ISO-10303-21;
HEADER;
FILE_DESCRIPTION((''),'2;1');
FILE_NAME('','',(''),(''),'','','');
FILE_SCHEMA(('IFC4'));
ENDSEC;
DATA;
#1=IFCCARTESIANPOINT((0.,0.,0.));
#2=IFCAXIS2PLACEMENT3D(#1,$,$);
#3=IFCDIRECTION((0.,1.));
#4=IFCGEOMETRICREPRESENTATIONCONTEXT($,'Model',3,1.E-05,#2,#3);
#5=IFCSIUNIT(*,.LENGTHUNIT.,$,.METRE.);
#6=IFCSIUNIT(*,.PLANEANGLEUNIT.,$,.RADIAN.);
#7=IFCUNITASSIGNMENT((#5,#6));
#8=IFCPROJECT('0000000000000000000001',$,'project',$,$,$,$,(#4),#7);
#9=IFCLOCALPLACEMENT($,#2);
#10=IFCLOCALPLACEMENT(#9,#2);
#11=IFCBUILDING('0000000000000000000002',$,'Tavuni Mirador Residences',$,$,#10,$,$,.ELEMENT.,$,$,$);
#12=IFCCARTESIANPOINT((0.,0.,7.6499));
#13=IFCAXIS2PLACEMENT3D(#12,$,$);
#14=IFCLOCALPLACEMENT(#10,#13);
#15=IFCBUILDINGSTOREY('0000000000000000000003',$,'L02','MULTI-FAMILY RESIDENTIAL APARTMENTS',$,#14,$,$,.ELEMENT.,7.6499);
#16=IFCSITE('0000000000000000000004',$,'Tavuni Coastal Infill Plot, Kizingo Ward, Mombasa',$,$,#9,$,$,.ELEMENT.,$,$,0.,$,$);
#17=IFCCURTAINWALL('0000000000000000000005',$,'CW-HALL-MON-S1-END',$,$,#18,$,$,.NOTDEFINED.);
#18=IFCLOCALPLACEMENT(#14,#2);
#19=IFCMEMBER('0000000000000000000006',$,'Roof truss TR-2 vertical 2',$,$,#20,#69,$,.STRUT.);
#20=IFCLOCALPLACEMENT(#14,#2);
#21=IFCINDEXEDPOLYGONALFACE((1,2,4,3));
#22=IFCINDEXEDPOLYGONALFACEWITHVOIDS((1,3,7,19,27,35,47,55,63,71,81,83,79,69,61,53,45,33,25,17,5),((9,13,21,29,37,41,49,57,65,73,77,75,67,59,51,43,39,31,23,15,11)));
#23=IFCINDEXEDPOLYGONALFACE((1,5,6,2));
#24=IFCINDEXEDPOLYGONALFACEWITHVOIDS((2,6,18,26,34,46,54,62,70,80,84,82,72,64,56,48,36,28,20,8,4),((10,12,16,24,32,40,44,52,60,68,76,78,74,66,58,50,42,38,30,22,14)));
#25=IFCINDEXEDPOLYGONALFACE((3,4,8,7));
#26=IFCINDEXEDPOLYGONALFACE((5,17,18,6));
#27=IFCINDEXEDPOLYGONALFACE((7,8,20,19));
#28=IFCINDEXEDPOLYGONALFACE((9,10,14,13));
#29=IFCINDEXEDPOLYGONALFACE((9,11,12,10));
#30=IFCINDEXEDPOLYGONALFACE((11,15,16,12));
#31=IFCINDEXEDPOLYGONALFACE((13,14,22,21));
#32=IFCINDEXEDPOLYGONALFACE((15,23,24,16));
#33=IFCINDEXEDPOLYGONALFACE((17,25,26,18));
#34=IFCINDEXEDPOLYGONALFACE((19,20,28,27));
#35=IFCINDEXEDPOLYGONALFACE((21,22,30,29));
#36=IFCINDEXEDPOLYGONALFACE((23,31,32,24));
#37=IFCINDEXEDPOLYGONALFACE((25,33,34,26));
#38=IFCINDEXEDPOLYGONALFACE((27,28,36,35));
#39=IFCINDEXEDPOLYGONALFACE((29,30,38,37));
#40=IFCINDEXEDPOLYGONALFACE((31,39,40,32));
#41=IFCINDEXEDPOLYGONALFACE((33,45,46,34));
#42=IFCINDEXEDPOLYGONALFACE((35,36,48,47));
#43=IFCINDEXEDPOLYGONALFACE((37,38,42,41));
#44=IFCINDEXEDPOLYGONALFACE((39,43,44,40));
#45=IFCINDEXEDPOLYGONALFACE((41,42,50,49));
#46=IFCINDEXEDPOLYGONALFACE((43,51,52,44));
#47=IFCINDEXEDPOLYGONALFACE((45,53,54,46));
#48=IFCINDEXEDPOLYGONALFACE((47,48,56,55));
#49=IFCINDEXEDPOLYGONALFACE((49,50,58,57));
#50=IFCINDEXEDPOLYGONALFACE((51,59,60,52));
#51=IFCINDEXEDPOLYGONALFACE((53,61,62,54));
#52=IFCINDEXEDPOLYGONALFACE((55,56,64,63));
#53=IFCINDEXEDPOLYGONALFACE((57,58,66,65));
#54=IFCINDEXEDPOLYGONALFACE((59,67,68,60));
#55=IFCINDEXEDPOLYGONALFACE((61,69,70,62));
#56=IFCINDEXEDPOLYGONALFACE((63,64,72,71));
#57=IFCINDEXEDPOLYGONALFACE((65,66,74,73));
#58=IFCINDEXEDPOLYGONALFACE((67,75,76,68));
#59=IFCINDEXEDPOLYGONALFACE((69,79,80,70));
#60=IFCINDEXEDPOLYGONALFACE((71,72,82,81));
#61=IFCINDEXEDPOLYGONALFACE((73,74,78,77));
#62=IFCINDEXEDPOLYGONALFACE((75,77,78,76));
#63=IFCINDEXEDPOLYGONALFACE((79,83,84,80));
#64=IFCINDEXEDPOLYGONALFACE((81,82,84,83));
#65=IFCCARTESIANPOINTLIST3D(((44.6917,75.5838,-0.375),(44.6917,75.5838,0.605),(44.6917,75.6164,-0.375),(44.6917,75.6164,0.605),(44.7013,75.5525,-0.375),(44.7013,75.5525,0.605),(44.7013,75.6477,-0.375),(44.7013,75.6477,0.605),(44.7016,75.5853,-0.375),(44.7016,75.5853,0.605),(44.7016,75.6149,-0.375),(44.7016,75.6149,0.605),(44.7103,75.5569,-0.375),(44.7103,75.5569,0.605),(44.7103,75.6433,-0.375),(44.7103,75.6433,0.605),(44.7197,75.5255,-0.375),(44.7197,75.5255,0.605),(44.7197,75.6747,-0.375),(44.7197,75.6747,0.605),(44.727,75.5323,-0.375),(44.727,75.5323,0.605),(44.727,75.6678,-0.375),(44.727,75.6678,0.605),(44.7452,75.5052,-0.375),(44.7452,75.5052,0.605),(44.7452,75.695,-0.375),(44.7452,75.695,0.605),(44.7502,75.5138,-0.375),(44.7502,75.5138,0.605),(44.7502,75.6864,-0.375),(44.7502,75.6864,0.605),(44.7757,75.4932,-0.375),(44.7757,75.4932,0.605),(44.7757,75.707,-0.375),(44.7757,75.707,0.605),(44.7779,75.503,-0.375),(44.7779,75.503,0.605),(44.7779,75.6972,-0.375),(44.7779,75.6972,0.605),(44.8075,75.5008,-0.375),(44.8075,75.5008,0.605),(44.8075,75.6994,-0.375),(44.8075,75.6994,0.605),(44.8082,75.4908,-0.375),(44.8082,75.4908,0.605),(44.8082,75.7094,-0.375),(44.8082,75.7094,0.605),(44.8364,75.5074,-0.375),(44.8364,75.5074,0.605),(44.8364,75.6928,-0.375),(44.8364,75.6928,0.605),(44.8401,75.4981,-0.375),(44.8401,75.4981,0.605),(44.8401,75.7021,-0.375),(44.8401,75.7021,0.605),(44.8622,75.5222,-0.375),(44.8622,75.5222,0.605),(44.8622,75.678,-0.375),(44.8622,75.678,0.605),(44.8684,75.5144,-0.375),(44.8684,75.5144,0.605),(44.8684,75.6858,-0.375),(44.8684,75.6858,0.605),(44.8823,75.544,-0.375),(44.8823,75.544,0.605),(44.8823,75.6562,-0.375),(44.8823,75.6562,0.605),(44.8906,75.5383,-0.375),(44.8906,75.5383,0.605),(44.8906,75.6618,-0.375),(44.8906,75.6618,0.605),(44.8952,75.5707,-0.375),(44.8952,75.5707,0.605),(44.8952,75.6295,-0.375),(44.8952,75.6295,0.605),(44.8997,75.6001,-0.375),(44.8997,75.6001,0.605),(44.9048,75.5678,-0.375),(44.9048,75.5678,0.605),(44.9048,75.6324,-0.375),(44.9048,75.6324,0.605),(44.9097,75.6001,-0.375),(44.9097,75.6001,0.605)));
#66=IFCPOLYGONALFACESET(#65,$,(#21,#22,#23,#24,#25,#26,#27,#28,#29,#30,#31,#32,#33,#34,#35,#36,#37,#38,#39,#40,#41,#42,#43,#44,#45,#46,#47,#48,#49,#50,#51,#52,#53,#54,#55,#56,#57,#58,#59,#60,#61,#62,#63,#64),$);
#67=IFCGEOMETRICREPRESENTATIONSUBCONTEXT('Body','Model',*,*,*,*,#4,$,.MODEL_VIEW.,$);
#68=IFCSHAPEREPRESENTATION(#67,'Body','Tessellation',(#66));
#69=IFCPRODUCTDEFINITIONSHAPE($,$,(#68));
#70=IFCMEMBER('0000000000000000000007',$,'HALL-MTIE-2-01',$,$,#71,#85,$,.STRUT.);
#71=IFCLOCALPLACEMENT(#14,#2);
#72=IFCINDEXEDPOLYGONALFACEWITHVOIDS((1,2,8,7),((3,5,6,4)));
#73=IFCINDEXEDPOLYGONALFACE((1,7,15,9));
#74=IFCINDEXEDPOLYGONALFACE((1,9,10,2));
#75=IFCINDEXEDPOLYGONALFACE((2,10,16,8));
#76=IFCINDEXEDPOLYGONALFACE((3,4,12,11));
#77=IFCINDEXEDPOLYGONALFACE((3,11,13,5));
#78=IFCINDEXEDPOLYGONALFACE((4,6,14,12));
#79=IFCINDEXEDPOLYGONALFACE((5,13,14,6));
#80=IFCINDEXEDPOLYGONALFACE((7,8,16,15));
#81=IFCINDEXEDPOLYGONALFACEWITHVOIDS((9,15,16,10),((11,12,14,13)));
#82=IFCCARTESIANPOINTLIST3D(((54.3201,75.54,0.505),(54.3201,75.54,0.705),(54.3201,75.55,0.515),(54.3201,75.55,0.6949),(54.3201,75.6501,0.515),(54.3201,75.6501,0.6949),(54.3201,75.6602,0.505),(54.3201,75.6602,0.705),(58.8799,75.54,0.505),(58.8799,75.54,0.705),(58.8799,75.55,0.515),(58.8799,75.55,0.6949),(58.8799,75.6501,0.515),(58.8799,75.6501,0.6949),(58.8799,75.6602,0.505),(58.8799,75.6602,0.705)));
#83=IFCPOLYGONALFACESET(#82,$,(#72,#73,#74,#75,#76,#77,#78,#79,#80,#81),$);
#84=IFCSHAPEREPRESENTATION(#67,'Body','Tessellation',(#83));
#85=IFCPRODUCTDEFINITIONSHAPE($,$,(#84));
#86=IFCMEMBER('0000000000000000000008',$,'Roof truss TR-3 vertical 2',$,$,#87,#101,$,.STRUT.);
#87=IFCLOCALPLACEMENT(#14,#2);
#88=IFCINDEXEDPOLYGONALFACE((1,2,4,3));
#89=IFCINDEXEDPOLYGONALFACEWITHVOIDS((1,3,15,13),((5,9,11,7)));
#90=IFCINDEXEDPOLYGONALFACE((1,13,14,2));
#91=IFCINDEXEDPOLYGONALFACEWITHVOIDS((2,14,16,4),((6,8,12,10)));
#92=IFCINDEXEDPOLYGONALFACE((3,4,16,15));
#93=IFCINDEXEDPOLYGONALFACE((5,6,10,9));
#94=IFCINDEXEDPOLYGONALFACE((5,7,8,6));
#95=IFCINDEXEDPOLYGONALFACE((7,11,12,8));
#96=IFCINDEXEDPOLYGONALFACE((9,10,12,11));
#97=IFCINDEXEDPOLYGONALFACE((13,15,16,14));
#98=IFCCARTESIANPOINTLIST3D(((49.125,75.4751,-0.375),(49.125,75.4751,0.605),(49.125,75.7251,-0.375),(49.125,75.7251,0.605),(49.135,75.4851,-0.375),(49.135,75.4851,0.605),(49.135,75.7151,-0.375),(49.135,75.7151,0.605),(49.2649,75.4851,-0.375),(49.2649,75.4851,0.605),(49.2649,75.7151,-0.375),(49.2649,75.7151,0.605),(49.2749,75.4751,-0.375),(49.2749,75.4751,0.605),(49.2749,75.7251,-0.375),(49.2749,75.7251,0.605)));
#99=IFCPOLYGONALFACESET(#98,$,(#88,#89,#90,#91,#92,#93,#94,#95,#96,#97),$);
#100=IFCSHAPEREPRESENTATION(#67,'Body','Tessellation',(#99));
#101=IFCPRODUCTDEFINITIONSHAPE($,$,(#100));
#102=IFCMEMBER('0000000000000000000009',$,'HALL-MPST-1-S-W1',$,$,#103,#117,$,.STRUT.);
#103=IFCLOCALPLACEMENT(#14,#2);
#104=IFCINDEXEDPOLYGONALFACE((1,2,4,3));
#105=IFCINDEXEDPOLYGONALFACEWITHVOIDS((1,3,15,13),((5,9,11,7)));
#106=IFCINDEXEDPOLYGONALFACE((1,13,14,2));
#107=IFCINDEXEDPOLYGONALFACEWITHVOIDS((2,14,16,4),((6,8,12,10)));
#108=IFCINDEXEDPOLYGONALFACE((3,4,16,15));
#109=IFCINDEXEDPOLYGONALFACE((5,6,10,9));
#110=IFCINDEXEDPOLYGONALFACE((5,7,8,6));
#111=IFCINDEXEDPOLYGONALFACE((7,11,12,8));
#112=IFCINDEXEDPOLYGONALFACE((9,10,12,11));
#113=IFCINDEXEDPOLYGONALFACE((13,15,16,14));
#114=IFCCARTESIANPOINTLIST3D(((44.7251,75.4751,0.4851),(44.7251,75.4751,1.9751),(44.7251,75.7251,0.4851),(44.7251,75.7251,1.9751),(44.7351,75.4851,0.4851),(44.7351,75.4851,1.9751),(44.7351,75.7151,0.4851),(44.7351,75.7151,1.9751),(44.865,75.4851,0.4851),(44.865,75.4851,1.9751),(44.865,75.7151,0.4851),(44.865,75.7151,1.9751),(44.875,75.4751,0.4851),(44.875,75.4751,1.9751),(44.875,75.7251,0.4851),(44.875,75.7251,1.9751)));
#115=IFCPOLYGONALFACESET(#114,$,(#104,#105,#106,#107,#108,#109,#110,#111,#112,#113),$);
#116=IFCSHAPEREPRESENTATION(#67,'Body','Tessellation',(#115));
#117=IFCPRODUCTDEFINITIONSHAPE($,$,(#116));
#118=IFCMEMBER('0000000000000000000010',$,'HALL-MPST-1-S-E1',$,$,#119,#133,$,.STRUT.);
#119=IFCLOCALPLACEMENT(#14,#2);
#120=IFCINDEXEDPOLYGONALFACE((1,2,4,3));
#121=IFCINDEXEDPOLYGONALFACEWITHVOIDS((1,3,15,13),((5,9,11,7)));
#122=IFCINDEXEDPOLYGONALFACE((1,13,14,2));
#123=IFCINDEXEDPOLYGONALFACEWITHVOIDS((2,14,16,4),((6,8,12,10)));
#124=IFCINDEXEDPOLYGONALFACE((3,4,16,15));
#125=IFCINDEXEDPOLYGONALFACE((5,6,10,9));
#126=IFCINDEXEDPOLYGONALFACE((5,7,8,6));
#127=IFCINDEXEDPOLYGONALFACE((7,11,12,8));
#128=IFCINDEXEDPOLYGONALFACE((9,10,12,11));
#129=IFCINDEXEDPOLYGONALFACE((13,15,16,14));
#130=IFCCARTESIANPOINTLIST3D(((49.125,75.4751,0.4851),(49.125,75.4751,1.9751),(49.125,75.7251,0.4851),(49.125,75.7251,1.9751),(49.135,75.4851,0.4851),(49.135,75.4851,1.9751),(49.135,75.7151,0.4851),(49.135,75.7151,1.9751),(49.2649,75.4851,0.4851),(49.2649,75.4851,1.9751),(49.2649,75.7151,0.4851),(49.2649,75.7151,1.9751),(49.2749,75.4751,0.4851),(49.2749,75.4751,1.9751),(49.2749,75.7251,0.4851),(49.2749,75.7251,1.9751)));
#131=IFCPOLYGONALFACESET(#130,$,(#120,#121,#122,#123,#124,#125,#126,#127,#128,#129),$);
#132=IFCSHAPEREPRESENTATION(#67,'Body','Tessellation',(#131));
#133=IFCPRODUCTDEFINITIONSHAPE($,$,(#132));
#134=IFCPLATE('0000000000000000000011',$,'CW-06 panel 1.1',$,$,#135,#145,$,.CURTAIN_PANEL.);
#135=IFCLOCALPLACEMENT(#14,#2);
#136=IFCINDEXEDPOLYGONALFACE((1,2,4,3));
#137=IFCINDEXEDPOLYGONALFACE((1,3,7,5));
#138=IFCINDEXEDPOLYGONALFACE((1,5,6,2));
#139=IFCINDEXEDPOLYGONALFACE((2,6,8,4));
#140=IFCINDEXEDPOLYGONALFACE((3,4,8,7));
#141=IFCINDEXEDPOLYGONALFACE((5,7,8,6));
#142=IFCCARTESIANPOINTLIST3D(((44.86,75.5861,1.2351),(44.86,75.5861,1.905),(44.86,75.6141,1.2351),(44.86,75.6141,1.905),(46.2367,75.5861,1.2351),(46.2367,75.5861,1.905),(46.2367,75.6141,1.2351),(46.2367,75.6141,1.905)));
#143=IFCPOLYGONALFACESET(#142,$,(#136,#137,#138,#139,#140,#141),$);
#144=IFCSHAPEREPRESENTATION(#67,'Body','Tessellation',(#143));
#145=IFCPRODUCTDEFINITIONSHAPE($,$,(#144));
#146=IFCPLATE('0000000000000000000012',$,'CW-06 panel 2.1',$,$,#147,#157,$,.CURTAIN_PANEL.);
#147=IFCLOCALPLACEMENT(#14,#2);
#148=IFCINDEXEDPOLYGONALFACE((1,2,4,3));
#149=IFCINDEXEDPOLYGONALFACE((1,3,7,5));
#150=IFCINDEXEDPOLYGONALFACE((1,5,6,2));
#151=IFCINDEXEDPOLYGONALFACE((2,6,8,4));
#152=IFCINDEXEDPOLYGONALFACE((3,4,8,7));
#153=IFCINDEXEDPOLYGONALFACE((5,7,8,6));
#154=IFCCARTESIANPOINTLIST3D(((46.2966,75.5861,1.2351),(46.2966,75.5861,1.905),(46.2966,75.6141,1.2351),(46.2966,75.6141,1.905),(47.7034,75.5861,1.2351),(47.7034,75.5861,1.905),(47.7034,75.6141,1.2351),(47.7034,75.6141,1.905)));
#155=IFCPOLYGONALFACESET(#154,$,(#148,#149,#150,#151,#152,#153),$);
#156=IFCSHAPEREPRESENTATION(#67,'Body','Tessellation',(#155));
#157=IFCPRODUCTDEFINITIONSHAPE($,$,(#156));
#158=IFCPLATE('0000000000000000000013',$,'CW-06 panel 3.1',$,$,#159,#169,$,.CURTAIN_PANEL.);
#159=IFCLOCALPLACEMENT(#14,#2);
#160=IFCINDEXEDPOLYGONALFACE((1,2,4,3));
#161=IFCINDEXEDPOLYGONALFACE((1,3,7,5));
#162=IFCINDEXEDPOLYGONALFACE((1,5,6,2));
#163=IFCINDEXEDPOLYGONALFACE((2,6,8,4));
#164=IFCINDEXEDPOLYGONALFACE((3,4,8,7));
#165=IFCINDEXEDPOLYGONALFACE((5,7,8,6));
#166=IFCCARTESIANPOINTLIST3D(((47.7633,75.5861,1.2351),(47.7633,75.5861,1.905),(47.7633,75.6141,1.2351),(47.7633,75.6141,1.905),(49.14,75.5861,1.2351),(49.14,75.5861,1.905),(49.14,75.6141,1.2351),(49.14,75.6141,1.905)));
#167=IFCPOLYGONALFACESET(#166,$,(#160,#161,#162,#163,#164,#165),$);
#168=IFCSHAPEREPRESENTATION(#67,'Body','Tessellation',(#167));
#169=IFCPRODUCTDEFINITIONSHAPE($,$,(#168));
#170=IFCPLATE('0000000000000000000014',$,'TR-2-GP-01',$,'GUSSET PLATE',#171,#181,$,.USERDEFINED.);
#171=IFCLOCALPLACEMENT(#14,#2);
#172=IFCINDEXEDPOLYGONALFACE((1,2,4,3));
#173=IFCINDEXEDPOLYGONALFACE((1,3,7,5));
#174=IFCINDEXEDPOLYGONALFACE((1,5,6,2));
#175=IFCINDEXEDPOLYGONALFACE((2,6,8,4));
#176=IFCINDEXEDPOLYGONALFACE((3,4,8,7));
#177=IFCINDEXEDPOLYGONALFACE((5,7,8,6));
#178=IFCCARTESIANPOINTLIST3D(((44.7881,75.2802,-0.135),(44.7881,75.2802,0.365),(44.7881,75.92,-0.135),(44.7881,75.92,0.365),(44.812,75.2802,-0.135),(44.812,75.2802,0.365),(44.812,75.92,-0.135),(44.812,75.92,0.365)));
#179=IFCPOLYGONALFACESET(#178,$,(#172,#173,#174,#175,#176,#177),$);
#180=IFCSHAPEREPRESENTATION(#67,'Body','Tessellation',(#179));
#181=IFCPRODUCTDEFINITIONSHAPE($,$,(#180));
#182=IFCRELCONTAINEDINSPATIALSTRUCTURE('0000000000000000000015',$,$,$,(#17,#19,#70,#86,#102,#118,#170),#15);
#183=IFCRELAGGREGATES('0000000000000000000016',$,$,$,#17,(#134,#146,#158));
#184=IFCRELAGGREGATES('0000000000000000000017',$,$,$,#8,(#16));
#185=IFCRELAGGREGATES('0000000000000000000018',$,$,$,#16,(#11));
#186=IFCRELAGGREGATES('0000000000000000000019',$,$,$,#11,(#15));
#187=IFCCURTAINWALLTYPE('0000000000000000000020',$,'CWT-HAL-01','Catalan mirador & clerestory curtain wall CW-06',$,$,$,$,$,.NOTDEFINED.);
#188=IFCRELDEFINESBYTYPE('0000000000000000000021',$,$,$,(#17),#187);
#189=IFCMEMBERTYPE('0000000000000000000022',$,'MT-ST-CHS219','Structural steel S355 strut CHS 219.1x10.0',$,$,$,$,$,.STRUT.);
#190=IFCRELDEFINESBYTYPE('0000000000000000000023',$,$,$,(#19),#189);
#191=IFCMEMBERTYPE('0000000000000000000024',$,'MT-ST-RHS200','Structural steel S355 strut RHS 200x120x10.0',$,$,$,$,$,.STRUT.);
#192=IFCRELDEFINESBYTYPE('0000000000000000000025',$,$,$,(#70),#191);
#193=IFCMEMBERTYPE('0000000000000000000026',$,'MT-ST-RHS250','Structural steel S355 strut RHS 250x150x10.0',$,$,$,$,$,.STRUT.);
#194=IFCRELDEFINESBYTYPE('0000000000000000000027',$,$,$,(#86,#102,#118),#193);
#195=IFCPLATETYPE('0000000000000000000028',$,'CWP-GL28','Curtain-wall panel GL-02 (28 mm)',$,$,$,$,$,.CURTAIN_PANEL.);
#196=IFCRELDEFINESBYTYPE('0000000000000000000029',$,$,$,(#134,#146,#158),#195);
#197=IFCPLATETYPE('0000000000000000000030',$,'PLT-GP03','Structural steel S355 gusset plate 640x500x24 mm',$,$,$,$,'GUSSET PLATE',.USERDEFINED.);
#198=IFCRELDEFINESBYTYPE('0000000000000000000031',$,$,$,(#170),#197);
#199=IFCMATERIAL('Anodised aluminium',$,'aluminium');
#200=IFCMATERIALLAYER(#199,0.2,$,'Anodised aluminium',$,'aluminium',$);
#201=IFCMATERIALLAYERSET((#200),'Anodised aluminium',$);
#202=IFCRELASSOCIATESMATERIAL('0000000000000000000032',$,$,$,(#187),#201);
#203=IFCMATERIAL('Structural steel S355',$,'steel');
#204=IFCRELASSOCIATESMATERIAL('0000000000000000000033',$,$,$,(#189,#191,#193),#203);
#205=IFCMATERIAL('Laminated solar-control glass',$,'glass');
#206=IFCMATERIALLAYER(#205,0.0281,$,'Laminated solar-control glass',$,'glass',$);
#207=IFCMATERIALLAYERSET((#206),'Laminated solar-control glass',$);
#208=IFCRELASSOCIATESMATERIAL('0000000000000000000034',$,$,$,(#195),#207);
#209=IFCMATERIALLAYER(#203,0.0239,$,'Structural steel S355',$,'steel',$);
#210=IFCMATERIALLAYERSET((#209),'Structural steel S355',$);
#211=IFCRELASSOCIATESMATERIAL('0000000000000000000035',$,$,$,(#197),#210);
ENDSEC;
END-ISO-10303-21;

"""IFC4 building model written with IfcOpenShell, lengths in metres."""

from ifc_helpers import new_model, si_unit, direction, frame, origin, origin_2d, place, context, subcontext, project, spatial, rectangle, hollow_rectangle, hollow_circle, extrude, material, layer, layer_set, material_profile, profile_set, type_object, element, aggregate, save


model = new_model("IFC4")

# Units and contexts
model_context = context("Model", 3, precision=1e-05, world=origin(), true_north=direction((0.0, 1.0)))
body_context = subcontext(model_context, "Body", "Model", "MODEL_VIEW")
ifc_project = project(units=[si_unit("LENGTHUNIT", "METRE"), si_unit("PLANEANGLEUNIT", "RADIAN")], contexts=[model_context])

# Site, building, storey
site_placement = place(None, origin())
site = spatial("IfcSite", under=ifc_project, at=site_placement, Name="Tavuni Coastal Infill Plot, Kizingo Ward, Mombasa", CompositionType="ELEMENT", RefElevation=0.0)
building_placement = place(site_placement, origin())
building = spatial("IfcBuilding", under=site, at=building_placement, Name="Tavuni Mirador Residences", CompositionType="ELEMENT")
storey_placement = place(building_placement, frame((0.0, 0.0, 7.6499)))
storey = spatial("IfcBuildingStorey", under=building, at=storey_placement, Name="L02", Description="MULTI-FAMILY RESIDENTIAL APARTMENTS", CompositionType="ELEMENT", Elevation=7.6499)

# Shared definitions
ifc_material_1 = material(Name="Anodised aluminium", Category="aluminium")
ifc_layer_1 = layer(ifc_material_1, 0.2, Name="Anodised aluminium", Category="aluminium")
ifc_layer_set_1 = layer_set([ifc_layer_1], Name="Anodised aluminium")
curtain_wall_type = type_object("IfcCurtainWallType", Name="CWT-HAL-01", Description="Catalan mirador & clerestory curtain wall CW-06", PredefinedType="NOTDEFINED", material=ifc_layer_set_1)

# Curtain wall
curtain_wall_1_placement = place(storey_placement, origin())
curtain_wall_1 = element("IfcCurtainWall", 1, at=curtain_wall_1_placement, inside=storey, type_object=curtain_wall_type, Name="CW-HALL-MON-S1-END", PredefinedType="NOTDEFINED")

# Members
ifc_material_2 = material(Name="Structural steel S355", Category="steel")
ifc_material_profile_1 = material_profile(ifc_material_2, hollow_circle(Radius=0.1096, WallThickness=0.01, at=origin_2d()), Name="CHS 219.1x10.0", Category="steel")
ifc_profile_set_1 = profile_set([ifc_material_profile_1], Name="Structural steel S355")
member_type_1 = type_object("IfcMemberType", Name="MT-ST-CHS219", Description="Structural steel S355 strut CHS 219.1x10.0", PredefinedType="STRUT", material=ifc_profile_set_1)
member_1_placement = place(storey_placement, frame((44.8, 75.6001, -0.375), z_axis=(0.0, 0.0, 1.0), x_axis=(1.0, 0.0, 0.0)))
element("IfcMember", 2, at=member_1_placement, inside=storey, type_object=member_type_1, Name="Roof truss TR-2 vertical 2", PredefinedType="STRUT", context=body_context, shape_type="SweptSolid", body=[
    extrude(hollow_circle(Radius=0.1096, WallThickness=0.01, at=origin_2d()), origin(), (0.0, 0.0, 1.0), 0.98),
])
ifc_material_profile_2 = material_profile(ifc_material_2, hollow_rectangle(XDim=0.1201, YDim=0.2, WallThickness=0.01, at=origin_2d()), Name="RHS 200x120x10.0", Category="steel")
ifc_profile_set_2 = profile_set([ifc_material_profile_2], Name="Structural steel S355")
member_type_2 = type_object("IfcMemberType", Name="MT-ST-RHS200", Description="Structural steel S355 strut RHS 200x120x10.0", PredefinedType="STRUT", material=ifc_profile_set_2)
member_2_placement = place(storey_placement, frame((54.3201, 75.6001, 0.605), z_axis=(1.0, 0.0, 0.0), x_axis=(0.0, 1.0, 0.0)))
element("IfcMember", 3, at=member_2_placement, inside=storey, type_object=member_type_2, Name="HALL-MTIE-2-01", PredefinedType="STRUT", context=body_context, shape_type="SweptSolid", body=[
    extrude(hollow_rectangle(XDim=0.1201, YDim=0.2, WallThickness=0.01, at=origin_2d()), origin(), (0.0, 0.0, 1.0), 4.5598),
])
ifc_material_profile_3 = material_profile(ifc_material_2, hollow_rectangle(XDim=0.1499, YDim=0.25, WallThickness=0.01, at=origin_2d()), Name="RHS 250x150x10.0", Category="steel")
ifc_profile_set_3 = profile_set([ifc_material_profile_3], Name="Structural steel S355")
member_type_3 = type_object("IfcMemberType", Name="MT-ST-RHS250", Description="Structural steel S355 strut RHS 250x150x10.0", PredefinedType="STRUT", material=ifc_profile_set_3)
member_3_placement = place(storey_placement, frame((49.2, 75.6001, -0.375), z_axis=(0.0, 0.0, 1.0), x_axis=(1.0, 0.0, 0.0)))
element("IfcMember", 4, at=member_3_placement, inside=storey, type_object=member_type_3, Name="Roof truss TR-3 vertical 2", PredefinedType="STRUT", context=body_context, shape_type="SweptSolid", body=[
    extrude(hollow_rectangle(XDim=0.1499, YDim=0.25, WallThickness=0.01, at=origin_2d()), origin(), (0.0, 0.0, 1.0), 0.98),
])
for number, where, z_axis, x_axis, name in (
    (5, (44.8, 75.6001, 0.4851), (0.0, 0.0, 1.0), (1.0, 0.0, 0.0), "HALL-MPST-1-S-W1"),
    (6, (49.2, 75.6001, 0.4851), (0.0, 0.0, 1.0), (1.0, 0.0, 0.0), "HALL-MPST-1-S-E1"),
):
    element("IfcMember", number, at=place(storey_placement, frame(where, z_axis=z_axis, x_axis=x_axis)), inside=storey, type_object=member_type_3, Name=name, PredefinedType="STRUT", context=body_context, shape_type="SweptSolid", body=[
        extrude(hollow_rectangle(XDim=0.1499, YDim=0.25, WallThickness=0.01, at=origin_2d()), origin(), (0.0, 0.0, 1.0), 1.49),
    ])

# Plates
ifc_material_3 = material(Name="Laminated solar-control glass", Category="glass")
ifc_layer_2 = layer(ifc_material_3, 0.0281, Name="Laminated solar-control glass", Category="glass")
ifc_layer_set_2 = layer_set([ifc_layer_2], Name="Laminated solar-control glass")
plate_type_1 = type_object("IfcPlateType", Name="CWP-GL28", Description="Curtain-wall panel GL-02 (28 mm)", PredefinedType="CURTAIN_PANEL", material=ifc_layer_set_2)
plate_1_placement = place(storey_placement, frame((45.5483, 75.6001, 1.2351), z_axis=(0.0, 0.0, 1.0), x_axis=(1.0, 0.0, 0.0)))
plate_1 = element("IfcPlate", 7, at=plate_1_placement, type_object=plate_type_1, Name="CW-06 panel 1.1", PredefinedType="CURTAIN_PANEL", context=body_context, shape_type="SweptSolid", body=[
    extrude(rectangle(XDim=1.3767, YDim=0.0281, at=origin_2d()), origin(), (0.0, 0.0, 1.0), 0.6699),
])
plate_2_placement = place(storey_placement, frame((47.0, 75.6001, 1.2351), z_axis=(0.0, 0.0, 1.0), x_axis=(1.0, 0.0, 0.0)))
plate_2 = element("IfcPlate", 8, at=plate_2_placement, type_object=plate_type_1, Name="CW-06 panel 2.1", PredefinedType="CURTAIN_PANEL", context=body_context, shape_type="SweptSolid", body=[
    extrude(rectangle(XDim=1.4067, YDim=0.0281, at=origin_2d()), origin(), (0.0, 0.0, 1.0), 0.6699),
])
plate_3_placement = place(storey_placement, frame((48.4517, 75.6001, 1.2351), z_axis=(0.0, 0.0, 1.0), x_axis=(1.0, 0.0, 0.0)))
plate_3 = element("IfcPlate", 9, at=plate_3_placement, type_object=plate_type_1, Name="CW-06 panel 3.1", PredefinedType="CURTAIN_PANEL", context=body_context, shape_type="SweptSolid", body=[
    extrude(rectangle(XDim=1.3767, YDim=0.0281, at=origin_2d()), origin(), (0.0, 0.0, 1.0), 0.6699),
])
aggregate(curtain_wall_1, [plate_1, plate_2, plate_3])

# Plate
ifc_layer_3 = layer(ifc_material_2, 0.0239, Name="Structural steel S355", Category="steel")
ifc_layer_set_3 = layer_set([ifc_layer_3], Name="Structural steel S355")
plate_type_2 = type_object("IfcPlateType", Name="PLT-GP03", Description="Structural steel S355 gusset plate 640x500x24 mm", ElementType="GUSSET PLATE", PredefinedType="USERDEFINED", material=ifc_layer_set_3)
plate_4_placement = place(storey_placement, frame((44.8, 75.6001, -0.135), z_axis=(0.0, 0.0, 1.0), x_axis=(0.0, 1.0, 0.0)))
element("IfcPlate", 10, at=plate_4_placement, inside=storey, type_object=plate_type_2, Name="TR-2-GP-01", ObjectType="GUSSET PLATE", PredefinedType="USERDEFINED", context=body_context, shape_type="SweptSolid", body=[
    extrude(rectangle(XDim=0.6399, YDim=0.0239, at=origin_2d()), origin(), (0.0, 0.0, 1.0), 0.5),
])

save(model, "model.ifc")
